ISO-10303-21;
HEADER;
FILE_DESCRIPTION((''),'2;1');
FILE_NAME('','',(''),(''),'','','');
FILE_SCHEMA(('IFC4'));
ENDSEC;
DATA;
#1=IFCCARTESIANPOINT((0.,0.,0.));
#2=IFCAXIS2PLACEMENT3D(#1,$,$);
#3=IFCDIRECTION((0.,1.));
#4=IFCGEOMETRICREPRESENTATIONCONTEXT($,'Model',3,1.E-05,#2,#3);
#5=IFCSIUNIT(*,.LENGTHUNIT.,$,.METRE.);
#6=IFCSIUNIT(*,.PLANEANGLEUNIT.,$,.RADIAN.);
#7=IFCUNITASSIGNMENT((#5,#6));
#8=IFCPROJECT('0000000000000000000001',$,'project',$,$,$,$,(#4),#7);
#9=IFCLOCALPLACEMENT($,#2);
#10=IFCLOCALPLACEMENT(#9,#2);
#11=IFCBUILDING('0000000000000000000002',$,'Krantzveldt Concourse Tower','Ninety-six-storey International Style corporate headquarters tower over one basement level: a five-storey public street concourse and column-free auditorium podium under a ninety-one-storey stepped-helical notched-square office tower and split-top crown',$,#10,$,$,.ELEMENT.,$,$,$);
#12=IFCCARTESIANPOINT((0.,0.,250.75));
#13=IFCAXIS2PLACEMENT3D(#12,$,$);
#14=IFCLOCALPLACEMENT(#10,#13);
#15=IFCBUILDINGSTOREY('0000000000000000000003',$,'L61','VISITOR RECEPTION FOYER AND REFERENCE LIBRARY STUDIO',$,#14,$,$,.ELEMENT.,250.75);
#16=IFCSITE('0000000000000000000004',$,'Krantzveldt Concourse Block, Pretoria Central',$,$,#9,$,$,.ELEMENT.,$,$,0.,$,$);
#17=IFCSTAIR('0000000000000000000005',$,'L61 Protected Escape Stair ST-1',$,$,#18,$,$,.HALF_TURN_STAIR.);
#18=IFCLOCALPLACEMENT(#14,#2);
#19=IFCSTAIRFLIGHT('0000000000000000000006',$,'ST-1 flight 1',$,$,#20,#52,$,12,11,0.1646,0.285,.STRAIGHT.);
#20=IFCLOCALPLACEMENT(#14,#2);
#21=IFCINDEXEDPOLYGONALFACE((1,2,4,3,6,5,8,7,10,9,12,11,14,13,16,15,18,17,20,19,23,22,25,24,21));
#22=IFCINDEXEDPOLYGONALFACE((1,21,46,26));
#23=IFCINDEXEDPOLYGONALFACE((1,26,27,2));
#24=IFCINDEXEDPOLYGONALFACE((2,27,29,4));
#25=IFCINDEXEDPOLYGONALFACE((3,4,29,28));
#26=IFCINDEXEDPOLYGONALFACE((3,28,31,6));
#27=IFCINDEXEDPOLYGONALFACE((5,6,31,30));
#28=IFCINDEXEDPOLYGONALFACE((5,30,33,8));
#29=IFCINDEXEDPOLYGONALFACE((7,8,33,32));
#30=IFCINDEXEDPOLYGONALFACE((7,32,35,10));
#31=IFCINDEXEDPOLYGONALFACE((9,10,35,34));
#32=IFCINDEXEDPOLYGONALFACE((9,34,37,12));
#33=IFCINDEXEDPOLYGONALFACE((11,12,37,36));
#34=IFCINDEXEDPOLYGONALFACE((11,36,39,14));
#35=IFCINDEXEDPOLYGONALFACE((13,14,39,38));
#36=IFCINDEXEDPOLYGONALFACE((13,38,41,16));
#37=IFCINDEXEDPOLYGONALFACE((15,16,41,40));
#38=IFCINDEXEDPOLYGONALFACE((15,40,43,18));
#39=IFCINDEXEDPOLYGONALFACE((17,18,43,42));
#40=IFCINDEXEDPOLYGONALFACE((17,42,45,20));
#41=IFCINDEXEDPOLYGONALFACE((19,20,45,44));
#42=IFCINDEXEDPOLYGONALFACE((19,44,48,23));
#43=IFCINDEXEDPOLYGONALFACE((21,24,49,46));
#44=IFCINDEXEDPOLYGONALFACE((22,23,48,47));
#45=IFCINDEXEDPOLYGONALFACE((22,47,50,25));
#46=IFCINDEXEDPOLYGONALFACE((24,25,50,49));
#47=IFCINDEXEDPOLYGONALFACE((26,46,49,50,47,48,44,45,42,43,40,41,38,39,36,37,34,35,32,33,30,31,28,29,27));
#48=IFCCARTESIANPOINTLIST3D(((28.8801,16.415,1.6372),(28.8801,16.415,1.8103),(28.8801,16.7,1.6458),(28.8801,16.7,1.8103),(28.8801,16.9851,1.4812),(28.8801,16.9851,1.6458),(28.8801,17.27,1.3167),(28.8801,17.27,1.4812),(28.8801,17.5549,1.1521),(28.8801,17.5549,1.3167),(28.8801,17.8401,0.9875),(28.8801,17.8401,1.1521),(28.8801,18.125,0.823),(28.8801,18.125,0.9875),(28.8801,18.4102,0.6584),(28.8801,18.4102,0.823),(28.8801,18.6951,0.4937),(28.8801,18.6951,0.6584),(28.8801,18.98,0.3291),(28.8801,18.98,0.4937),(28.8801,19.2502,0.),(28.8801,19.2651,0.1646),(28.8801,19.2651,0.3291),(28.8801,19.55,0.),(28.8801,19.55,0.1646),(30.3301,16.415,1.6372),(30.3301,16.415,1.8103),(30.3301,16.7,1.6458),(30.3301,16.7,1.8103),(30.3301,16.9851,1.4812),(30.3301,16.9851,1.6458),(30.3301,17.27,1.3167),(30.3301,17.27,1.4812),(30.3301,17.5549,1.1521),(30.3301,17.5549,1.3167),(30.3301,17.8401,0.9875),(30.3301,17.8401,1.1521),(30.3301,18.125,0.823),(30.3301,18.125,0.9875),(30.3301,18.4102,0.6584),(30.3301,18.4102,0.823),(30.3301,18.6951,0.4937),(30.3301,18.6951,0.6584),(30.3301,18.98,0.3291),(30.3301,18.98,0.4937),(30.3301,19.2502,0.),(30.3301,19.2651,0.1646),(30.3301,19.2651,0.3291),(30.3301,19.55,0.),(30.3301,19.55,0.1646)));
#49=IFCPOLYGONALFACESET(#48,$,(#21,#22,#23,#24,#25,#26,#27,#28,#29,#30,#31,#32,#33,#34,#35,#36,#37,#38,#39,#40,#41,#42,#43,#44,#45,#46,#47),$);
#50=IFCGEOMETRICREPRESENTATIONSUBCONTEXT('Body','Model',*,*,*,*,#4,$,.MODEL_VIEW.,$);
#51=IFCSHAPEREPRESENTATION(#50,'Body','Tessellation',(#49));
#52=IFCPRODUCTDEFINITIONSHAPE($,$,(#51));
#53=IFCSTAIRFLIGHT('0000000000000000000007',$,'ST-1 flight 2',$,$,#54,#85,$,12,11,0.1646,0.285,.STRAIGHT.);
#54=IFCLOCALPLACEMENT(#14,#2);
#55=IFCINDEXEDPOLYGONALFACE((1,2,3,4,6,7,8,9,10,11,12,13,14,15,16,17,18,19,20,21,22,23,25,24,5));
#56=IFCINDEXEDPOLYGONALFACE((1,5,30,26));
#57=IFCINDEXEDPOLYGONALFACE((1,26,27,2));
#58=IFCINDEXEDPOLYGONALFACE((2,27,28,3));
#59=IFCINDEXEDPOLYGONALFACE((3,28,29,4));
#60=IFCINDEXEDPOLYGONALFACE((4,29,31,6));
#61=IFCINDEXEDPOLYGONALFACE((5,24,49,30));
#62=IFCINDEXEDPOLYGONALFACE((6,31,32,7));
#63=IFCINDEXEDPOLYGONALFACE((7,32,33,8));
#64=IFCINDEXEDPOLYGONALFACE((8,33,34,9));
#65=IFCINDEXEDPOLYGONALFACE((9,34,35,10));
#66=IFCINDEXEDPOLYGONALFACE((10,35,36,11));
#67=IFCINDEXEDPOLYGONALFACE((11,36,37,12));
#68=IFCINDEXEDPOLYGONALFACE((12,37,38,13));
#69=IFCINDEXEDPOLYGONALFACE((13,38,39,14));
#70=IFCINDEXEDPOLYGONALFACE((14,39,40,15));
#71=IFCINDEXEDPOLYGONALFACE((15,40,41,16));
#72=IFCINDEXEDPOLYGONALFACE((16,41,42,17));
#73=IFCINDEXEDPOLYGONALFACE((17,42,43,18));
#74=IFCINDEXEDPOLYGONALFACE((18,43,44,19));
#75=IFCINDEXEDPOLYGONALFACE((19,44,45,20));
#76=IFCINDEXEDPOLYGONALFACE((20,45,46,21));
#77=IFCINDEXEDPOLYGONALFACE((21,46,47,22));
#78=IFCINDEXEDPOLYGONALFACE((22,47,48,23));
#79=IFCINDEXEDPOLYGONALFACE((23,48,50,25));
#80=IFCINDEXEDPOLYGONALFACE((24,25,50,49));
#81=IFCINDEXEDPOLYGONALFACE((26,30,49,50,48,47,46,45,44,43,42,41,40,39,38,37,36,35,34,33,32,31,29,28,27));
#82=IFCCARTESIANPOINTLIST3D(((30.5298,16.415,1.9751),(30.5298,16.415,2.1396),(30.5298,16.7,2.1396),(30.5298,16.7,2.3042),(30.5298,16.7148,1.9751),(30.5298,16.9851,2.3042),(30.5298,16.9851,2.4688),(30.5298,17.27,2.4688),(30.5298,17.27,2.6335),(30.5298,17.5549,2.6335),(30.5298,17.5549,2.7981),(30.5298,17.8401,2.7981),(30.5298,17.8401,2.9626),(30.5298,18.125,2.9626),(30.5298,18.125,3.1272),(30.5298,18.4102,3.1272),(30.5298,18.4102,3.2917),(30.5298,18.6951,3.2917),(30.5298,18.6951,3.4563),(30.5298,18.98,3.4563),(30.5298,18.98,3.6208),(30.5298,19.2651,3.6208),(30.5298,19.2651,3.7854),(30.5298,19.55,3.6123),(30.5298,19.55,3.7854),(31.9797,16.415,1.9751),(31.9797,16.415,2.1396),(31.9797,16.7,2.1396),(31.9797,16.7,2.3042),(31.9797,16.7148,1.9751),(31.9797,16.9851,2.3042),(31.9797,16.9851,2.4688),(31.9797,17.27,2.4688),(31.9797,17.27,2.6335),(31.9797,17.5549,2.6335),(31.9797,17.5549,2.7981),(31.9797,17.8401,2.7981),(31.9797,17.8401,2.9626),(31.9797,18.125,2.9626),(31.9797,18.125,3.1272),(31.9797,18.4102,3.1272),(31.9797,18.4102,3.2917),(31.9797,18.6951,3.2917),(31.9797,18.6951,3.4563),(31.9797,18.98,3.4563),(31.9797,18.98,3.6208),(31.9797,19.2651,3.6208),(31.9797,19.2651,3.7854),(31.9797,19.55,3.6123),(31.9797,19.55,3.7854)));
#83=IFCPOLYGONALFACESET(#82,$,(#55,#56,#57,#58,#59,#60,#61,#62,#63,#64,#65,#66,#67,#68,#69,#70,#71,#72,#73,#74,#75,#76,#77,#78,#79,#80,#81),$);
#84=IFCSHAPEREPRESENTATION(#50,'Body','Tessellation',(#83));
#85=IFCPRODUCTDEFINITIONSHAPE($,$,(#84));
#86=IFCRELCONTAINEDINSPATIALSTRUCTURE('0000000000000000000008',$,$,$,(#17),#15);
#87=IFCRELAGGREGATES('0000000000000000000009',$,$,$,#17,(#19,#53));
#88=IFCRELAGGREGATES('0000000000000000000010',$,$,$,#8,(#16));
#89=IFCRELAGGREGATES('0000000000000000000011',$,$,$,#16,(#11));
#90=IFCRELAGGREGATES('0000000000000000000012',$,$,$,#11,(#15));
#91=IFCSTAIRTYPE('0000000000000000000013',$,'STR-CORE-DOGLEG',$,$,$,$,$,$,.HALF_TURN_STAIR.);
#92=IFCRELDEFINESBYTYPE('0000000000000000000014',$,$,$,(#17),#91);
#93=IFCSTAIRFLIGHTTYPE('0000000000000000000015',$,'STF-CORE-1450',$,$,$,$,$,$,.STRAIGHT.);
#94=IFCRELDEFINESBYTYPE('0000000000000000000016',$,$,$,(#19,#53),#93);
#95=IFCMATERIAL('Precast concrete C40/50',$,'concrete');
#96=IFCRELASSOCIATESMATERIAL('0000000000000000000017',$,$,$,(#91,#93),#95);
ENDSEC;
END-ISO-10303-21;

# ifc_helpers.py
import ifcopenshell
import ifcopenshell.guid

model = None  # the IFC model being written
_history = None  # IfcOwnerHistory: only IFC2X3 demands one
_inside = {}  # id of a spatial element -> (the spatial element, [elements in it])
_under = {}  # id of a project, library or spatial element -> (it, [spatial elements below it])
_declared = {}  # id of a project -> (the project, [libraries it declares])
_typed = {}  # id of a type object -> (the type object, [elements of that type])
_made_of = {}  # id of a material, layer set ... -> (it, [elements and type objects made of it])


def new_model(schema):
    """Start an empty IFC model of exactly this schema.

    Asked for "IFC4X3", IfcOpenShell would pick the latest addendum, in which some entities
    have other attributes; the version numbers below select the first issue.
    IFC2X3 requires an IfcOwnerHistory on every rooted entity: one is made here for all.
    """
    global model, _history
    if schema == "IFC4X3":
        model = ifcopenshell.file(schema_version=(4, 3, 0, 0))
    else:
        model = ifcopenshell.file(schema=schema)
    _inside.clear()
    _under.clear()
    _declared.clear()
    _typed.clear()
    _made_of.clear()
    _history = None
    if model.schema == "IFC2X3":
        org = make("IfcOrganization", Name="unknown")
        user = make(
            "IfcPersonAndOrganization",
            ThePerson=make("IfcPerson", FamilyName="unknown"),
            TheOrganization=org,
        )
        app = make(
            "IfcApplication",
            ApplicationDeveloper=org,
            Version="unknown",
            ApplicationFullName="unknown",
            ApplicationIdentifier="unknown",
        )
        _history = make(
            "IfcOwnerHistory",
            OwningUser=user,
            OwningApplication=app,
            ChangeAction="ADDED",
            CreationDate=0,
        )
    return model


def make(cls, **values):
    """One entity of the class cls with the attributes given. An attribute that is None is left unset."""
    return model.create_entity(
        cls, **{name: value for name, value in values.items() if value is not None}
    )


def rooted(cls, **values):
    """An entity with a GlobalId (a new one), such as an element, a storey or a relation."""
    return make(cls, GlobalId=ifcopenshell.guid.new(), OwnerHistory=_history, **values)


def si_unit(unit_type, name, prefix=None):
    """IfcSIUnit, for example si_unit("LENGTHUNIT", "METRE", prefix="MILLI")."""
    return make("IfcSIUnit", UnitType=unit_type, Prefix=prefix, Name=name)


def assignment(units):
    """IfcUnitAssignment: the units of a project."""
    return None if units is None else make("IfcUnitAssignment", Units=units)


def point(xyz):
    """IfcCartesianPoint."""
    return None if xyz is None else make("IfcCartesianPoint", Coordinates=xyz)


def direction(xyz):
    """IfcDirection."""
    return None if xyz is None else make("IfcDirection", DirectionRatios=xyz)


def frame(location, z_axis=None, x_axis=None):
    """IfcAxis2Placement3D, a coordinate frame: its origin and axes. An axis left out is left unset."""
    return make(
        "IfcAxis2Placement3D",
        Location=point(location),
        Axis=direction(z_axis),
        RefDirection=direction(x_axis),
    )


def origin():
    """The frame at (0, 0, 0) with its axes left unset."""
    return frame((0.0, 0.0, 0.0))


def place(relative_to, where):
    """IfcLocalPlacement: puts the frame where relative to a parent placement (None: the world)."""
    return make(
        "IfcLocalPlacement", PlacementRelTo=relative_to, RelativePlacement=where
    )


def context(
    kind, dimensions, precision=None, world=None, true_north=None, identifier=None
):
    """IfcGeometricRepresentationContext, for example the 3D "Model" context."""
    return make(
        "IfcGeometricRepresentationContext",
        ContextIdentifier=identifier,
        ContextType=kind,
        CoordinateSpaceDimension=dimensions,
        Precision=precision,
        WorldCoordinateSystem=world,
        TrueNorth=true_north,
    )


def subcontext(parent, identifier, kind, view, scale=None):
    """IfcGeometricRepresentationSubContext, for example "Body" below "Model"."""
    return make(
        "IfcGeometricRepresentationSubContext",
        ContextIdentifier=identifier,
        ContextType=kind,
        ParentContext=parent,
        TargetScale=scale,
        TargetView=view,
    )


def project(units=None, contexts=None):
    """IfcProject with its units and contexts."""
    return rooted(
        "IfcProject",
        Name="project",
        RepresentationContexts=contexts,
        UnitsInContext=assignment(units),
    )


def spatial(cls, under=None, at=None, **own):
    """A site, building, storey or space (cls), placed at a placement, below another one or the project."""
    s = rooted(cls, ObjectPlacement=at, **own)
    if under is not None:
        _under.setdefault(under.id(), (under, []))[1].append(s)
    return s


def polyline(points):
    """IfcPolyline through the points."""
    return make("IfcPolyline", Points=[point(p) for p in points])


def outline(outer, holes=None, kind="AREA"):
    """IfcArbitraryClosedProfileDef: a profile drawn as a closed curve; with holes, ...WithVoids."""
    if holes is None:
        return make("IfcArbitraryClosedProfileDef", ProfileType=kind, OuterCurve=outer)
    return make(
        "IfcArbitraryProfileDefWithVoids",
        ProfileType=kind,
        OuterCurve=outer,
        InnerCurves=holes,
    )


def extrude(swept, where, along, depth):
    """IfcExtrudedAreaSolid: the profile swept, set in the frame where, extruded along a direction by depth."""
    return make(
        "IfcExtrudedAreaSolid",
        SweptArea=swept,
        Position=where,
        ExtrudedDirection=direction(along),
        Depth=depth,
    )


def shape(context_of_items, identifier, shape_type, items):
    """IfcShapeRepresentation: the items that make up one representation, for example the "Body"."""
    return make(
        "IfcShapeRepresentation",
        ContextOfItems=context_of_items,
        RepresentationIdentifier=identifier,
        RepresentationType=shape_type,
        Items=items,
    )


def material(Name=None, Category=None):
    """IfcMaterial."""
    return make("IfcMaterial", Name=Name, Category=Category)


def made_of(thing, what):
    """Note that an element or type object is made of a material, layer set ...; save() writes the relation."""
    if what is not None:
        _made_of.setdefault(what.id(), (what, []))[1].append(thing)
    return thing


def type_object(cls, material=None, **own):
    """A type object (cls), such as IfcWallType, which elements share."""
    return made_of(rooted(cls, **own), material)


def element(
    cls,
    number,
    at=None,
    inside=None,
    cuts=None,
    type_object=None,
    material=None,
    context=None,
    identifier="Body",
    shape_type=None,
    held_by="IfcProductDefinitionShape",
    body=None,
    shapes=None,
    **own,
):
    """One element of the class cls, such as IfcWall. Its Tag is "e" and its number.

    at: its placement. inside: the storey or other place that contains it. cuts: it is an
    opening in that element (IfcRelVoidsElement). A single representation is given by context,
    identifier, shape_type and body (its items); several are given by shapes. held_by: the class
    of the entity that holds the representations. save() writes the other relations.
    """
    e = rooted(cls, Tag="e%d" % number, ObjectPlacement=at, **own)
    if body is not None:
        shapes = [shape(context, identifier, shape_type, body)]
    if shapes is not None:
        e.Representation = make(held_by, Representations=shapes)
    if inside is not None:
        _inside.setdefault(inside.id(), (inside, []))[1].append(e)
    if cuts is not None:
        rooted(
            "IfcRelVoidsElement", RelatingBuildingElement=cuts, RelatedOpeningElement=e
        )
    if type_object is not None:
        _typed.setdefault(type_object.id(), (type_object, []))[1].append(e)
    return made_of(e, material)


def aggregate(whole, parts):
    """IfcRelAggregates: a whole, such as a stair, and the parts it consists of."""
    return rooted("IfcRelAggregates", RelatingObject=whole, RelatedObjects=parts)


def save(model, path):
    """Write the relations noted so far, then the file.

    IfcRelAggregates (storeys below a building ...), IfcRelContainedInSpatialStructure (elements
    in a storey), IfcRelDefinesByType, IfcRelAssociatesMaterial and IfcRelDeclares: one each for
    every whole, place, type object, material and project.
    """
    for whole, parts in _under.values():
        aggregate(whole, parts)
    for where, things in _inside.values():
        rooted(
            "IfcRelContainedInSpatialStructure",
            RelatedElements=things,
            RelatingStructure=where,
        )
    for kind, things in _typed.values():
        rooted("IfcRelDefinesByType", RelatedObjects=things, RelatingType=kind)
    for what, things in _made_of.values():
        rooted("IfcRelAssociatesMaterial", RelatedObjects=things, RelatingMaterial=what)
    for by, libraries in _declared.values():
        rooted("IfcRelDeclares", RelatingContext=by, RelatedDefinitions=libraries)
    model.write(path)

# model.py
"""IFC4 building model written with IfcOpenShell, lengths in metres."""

from ifc_helpers import new_model, si_unit, direction, frame, origin, place, context, subcontext, project, spatial, polyline, outline, extrude, material, type_object, element, aggregate, save


model = new_model("IFC4")

# Units and contexts
model_context = context("Model", 3, precision=1e-05, world=origin(), true_north=direction((0.0, 1.0)))
body_context = subcontext(model_context, "Body", "Model", "MODEL_VIEW")
ifc_project = project(units=[si_unit("LENGTHUNIT", "METRE"), si_unit("PLANEANGLEUNIT", "RADIAN")], contexts=[model_context])

# Site, building, storey
site_placement = place(None, origin())
site = spatial("IfcSite", under=ifc_project, at=site_placement, Name="Krantzveldt Concourse Block, Pretoria Central", CompositionType="ELEMENT", RefElevation=0.0)
building_placement = place(site_placement, origin())
building = spatial("IfcBuilding", under=site, at=building_placement, Name="Krantzveldt Concourse Tower", Description="Ninety-six-storey International Style corporate headquarters tower over one basement level: a five-storey public street concourse and column-free auditorium podium under a ninety-one-storey stepped-helical notched-square office tower and split-top crown", CompositionType="ELEMENT")
storey_placement = place(building_placement, frame((0.0, 0.0, 250.75)))
storey = spatial("IfcBuildingStorey", under=building, at=storey_placement, Name="L61", Description="VISITOR RECEPTION FOYER AND REFERENCE LIBRARY STUDIO", CompositionType="ELEMENT", Elevation=250.75)

# Stair, stair flights
ifc_material_1 = material(Name="Precast concrete C40/50", Category="concrete")
stair_type = type_object("IfcStairType", Name="STR-CORE-DOGLEG", PredefinedType="HALF_TURN_STAIR", material=ifc_material_1)
stair_placement = place(storey_placement, origin())
stair = element("IfcStair", 1, at=stair_placement, inside=storey, type_object=stair_type, Name="L61 Protected Escape Stair ST-1", PredefinedType="HALF_TURN_STAIR")
stair_flight_type = type_object("IfcStairFlightType", Name="STF-CORE-1450", PredefinedType="STRAIGHT", material=ifc_material_1)
stair_flight_1_placement = place(storey_placement, frame((29.605, 19.55, 0.0), z_axis=(0.0, 0.0, 1.0), x_axis=(0.0, -1.0, 0.0)))
stair_flight_1 = element("IfcStairFlight", 2, at=stair_flight_1_placement, type_object=stair_flight_type, Name="ST-1 flight 1", NumberOfRisers=12, NumberOfTreads=11, PredefinedType="STRAIGHT", RiserHeight=0.1646, TreadLength=0.285, context=body_context, shape_type="SweptSolid", body=[
    extrude(outline(polyline([(0.0, 0.0), (0.0, 0.1646), (0.2849, 0.1646), (0.2849, 0.3291), (0.5701, 0.3291), (0.5701, 0.4937), (0.855, 0.4937), (0.855, 0.6584), (1.1399, 0.6584), (1.1399, 0.823), (1.425, 0.823), (1.425, 0.9875), (1.71, 0.9875), (1.71, 1.1521), (1.9951, 1.1521), (1.9951, 1.3167), (2.28, 1.3167), (2.28, 1.4812), (2.5649, 1.4812), (2.5649, 1.6458), (2.8501, 1.6458), (2.8501, 1.8103), (3.135, 1.8103), (3.135, 1.9751), (3.135, 1.6372), (0.2998, 0.0), (0.0, 0.0)])), frame((0.0, 0.7251, 0.0), z_axis=(0.0, -1.0, 0.0), x_axis=(1.0, 0.0, 0.0)), (0.0, 0.0, 1.0), 1.45),
])
stair_flight_2_placement = place(storey_placement, frame((31.2549, 16.415, 1.9751), z_axis=(0.0, 0.0, 1.0), x_axis=(0.0, 1.0, 0.0)))
stair_flight_2 = element("IfcStairFlight", 3, at=stair_flight_2_placement, type_object=stair_flight_type, Name="ST-1 flight 2", NumberOfRisers=12, NumberOfTreads=11, PredefinedType="STRAIGHT", RiserHeight=0.1646, TreadLength=0.285, context=body_context, shape_type="SweptSolid", body=[
    extrude(outline(polyline([(0.0, 0.0), (0.0, 0.1646), (0.2849, 0.1646), (0.2849, 0.3291), (0.5701, 0.3291), (0.5701, 0.4937), (0.855, 0.4937), (0.855, 0.6584), (1.1399, 0.6584), (1.1399, 0.823), (1.425, 0.823), (1.425, 0.9875), (1.71, 0.9875), (1.71, 1.1521), (1.9951, 1.1521), (1.9951, 1.3167), (2.28, 1.3167), (2.28, 1.4812), (2.5649, 1.4812), (2.5649, 1.6458), (2.8501, 1.6458), (2.8501, 1.8103), (3.135, 1.8103), (3.135, 1.9751), (3.135, 1.6372), (0.2998, 0.0), (0.0, 0.0)])), frame((0.0, 0.7251, 0.0), z_axis=(0.0, -1.0, 0.0), x_axis=(1.0, 0.0, 0.0)), (0.0, 0.0, 1.0), 1.45),
])
aggregate(stair, [stair_flight_1, stair_flight_2])

save(model, "model.ifc")
